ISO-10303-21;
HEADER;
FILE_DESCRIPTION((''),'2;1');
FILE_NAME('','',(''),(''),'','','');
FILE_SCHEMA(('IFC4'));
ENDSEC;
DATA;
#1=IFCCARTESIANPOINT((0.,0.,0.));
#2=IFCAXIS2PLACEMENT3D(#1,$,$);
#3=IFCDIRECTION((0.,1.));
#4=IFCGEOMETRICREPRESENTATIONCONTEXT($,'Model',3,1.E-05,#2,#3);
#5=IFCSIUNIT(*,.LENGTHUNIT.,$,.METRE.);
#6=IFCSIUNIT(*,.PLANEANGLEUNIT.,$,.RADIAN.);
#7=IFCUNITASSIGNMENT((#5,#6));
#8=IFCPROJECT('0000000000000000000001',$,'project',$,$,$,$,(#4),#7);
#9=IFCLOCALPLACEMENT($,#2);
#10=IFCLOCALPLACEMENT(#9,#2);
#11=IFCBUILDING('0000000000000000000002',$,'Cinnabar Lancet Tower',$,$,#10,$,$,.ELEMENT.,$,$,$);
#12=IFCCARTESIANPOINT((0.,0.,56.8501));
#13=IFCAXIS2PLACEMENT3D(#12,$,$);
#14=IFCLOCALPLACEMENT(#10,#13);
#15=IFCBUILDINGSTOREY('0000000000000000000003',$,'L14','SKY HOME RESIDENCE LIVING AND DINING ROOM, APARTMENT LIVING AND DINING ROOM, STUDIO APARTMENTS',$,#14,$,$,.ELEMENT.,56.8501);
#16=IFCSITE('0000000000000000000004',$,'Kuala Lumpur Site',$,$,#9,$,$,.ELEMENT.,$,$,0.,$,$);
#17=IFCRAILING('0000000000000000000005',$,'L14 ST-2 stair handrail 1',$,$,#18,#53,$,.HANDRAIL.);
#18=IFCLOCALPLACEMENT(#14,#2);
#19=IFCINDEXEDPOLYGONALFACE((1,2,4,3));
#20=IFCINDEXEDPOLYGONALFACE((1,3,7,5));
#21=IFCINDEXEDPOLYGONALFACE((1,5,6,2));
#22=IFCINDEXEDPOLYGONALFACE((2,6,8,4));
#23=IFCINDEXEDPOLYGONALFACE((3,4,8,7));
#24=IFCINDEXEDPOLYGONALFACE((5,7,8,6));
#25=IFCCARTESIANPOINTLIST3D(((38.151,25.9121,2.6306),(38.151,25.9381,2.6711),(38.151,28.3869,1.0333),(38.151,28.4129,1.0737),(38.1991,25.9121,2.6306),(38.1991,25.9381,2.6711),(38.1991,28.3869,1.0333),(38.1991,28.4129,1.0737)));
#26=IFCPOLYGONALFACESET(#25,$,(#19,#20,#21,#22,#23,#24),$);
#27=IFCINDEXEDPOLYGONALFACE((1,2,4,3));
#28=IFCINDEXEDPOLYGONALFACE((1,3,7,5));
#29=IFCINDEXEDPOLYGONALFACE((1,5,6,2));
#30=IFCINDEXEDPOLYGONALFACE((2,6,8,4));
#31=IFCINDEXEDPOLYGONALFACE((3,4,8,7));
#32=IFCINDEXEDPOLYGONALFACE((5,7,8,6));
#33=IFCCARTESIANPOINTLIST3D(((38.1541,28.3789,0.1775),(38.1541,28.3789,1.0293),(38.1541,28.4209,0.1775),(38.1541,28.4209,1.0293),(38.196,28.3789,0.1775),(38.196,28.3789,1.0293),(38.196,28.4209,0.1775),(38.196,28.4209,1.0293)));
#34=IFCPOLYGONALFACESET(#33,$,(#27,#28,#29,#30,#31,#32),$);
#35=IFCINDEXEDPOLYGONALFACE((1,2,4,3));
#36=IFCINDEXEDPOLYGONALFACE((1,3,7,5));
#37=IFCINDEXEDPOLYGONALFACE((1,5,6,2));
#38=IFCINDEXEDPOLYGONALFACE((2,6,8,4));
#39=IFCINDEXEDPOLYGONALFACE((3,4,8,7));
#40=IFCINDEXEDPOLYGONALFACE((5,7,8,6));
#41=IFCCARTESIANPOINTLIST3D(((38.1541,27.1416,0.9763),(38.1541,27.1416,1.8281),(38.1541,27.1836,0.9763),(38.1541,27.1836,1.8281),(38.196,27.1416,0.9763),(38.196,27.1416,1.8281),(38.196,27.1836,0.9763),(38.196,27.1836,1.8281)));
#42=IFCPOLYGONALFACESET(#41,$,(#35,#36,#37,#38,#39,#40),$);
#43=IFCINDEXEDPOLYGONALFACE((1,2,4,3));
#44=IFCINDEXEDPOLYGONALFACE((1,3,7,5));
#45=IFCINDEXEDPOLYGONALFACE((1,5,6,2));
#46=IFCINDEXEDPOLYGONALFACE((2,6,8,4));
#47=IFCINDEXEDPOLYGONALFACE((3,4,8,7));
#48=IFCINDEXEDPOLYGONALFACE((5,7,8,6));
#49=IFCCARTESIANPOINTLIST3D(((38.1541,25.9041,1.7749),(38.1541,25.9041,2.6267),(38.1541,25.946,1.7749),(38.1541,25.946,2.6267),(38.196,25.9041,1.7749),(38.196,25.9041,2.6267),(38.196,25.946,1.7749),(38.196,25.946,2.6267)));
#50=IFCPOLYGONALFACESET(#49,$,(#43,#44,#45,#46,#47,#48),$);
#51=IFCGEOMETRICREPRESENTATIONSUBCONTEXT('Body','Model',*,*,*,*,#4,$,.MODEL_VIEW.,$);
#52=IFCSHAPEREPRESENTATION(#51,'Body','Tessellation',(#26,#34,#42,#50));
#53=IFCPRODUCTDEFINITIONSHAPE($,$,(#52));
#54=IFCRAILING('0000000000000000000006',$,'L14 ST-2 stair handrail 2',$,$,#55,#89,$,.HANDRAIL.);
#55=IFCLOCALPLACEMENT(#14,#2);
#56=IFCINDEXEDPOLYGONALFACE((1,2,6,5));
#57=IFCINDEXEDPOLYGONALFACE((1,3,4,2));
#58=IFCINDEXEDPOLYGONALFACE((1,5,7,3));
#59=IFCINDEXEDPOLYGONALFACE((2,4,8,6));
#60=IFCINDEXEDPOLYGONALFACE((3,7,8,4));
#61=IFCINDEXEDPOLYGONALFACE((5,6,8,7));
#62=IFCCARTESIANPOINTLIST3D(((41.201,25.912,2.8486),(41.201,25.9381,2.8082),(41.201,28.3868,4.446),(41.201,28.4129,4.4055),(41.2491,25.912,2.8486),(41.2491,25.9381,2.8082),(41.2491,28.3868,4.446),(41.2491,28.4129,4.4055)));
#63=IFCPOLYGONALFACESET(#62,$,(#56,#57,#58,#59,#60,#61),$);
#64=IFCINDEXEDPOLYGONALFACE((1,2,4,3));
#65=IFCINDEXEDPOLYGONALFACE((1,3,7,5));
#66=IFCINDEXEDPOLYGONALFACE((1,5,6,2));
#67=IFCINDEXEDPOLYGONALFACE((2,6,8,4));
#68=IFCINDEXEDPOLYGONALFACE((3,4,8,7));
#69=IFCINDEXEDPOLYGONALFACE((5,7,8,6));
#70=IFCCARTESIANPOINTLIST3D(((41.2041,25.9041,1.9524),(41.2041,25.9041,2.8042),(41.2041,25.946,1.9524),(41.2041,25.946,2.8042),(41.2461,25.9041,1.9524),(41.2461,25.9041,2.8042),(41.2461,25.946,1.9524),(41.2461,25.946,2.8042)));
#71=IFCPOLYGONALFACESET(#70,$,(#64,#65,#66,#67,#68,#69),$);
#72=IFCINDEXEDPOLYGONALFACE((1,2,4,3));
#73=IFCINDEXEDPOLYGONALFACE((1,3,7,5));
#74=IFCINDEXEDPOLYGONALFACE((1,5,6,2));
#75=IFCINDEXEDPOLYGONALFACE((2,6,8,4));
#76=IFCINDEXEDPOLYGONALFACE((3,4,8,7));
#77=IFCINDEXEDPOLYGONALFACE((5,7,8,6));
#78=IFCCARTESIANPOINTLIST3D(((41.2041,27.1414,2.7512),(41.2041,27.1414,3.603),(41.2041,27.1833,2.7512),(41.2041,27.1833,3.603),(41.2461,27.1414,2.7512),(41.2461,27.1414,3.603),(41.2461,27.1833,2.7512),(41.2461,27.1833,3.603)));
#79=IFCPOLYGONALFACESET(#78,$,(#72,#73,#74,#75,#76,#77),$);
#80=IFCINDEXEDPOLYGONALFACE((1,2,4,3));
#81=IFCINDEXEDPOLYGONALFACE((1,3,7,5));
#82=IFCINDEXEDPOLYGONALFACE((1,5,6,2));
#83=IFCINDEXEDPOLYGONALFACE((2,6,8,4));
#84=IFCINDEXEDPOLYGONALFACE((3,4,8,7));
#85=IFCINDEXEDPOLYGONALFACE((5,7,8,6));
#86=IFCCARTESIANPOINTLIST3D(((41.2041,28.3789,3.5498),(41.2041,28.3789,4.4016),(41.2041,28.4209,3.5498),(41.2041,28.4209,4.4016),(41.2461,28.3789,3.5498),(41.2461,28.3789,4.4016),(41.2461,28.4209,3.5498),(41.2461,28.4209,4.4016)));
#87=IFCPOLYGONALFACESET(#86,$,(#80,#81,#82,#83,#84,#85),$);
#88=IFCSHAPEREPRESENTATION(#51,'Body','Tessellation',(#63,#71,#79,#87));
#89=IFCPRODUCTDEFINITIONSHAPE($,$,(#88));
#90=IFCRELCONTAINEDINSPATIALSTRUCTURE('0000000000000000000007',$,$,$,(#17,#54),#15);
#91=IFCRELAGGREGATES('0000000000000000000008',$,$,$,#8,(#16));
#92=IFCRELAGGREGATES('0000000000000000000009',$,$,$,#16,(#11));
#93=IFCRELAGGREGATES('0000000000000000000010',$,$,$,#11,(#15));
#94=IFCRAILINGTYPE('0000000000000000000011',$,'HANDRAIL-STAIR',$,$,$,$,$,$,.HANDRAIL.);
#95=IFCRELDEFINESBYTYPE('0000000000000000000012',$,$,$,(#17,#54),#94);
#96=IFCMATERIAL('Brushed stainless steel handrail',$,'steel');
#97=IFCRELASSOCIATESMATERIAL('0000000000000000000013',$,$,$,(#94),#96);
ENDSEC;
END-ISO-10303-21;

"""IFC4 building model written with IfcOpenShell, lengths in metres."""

from ifc_helpers import new_model, si_unit, direction, frame, origin, origin_2d, place, context, subcontext, project, spatial, rectangle, extrude, material, type_object, element, save


model = new_model("IFC4")

# Units and contexts
model_context = context("Model", 3, precision=1e-05, world=origin(), true_north=direction((0.0, 1.0)))
body_context = subcontext(model_context, "Body", "Model", "MODEL_VIEW")
ifc_project = project(units=[si_unit("LENGTHUNIT", "METRE"), si_unit("PLANEANGLEUNIT", "RADIAN")], contexts=[model_context])

# Site, building, storey
site_placement = place(None, origin())
site = spatial("IfcSite", under=ifc_project, at=site_placement, Name="Kuala Lumpur Site", CompositionType="ELEMENT", RefElevation=0.0)
building_placement = place(site_placement, origin())
building = spatial("IfcBuilding", under=site, at=building_placement, Name="Cinnabar Lancet Tower", CompositionType="ELEMENT")
storey_placement = place(building_placement, frame((0.0, 0.0, 56.8501)))
storey = spatial("IfcBuildingStorey", under=building, at=storey_placement, Name="L14", Description="SKY HOME RESIDENCE LIVING AND DINING ROOM, APARTMENT LIVING AND DINING ROOM, STUDIO APARTMENTS", CompositionType="ELEMENT", Elevation=56.8501)

# Railings
ifc_material_1 = material(Name="Brushed stainless steel handrail", Category="steel")
railing_type_1 = type_object("IfcRailingType", Name="HANDRAIL-STAIR", PredefinedType="HANDRAIL", material=ifc_material_1)
railing_1_placement = place(storey_placement, frame((38.175, 28.3999, 0.1775)))
element("IfcRailing", 1, at=railing_1_placement, inside=storey, type_object=railing_type_1, Name="L14 ST-2 stair handrail 1", PredefinedType="HANDRAIL", context=body_context, shape_type="SweptSolid", body=[
    extrude(rectangle(XDim=0.0481, YDim=0.0481, at=origin_2d()), frame((0.0, 0.0, 0.876), z_axis=(0.0, -0.840183, 0.542302), x_axis=(1.0, 0.0, 0.0)), (0.0, 0.0, 1.0), 2.9456),
    extrude(rectangle(XDim=0.042, YDim=0.042, at=origin_2d()), origin(), (0.0, 0.0, 1.0), 0.8518),
    extrude(rectangle(XDim=0.042, YDim=0.042, at=origin_2d()), frame((0.0, -1.2373, 0.7988)), (0.0, 0.0, 1.0), 0.8518),
    extrude(rectangle(XDim=0.042, YDim=0.042, at=origin_2d()), frame((0.0, -2.4749, 1.5974)), (0.0, 0.0, 1.0), 0.8518),
])
railing_2_placement = place(storey_placement, frame((41.2251, 25.925, 1.9524)))
element("IfcRailing", 2, at=railing_2_placement, inside=storey, type_object=railing_type_1, Name="L14 ST-2 stair handrail 2", PredefinedType="HANDRAIL", context=body_context, shape_type="SweptSolid", body=[
    extrude(rectangle(XDim=0.0481, YDim=0.0481, at=origin_2d()), frame((0.0, 0.0, 0.876), z_axis=(0.0, 0.840183, 0.542302), x_axis=(-1.0, 0.0, 0.0)), (0.0, 0.0, 1.0), 2.9456),
    extrude(rectangle(XDim=0.042, YDim=0.042, at=origin_2d()), origin(), (0.0, 0.0, 1.0), 0.8518),
    extrude(rectangle(XDim=0.042, YDim=0.042, at=origin_2d()), frame((0.0, 1.2373, 0.7988)), (0.0, 0.0, 1.0), 0.8518),
    extrude(rectangle(XDim=0.042, YDim=0.042, at=origin_2d()), frame((0.0, 2.4749, 1.5974)), (0.0, 0.0, 1.0), 0.8518),
])

save(model, "model.ifc")
